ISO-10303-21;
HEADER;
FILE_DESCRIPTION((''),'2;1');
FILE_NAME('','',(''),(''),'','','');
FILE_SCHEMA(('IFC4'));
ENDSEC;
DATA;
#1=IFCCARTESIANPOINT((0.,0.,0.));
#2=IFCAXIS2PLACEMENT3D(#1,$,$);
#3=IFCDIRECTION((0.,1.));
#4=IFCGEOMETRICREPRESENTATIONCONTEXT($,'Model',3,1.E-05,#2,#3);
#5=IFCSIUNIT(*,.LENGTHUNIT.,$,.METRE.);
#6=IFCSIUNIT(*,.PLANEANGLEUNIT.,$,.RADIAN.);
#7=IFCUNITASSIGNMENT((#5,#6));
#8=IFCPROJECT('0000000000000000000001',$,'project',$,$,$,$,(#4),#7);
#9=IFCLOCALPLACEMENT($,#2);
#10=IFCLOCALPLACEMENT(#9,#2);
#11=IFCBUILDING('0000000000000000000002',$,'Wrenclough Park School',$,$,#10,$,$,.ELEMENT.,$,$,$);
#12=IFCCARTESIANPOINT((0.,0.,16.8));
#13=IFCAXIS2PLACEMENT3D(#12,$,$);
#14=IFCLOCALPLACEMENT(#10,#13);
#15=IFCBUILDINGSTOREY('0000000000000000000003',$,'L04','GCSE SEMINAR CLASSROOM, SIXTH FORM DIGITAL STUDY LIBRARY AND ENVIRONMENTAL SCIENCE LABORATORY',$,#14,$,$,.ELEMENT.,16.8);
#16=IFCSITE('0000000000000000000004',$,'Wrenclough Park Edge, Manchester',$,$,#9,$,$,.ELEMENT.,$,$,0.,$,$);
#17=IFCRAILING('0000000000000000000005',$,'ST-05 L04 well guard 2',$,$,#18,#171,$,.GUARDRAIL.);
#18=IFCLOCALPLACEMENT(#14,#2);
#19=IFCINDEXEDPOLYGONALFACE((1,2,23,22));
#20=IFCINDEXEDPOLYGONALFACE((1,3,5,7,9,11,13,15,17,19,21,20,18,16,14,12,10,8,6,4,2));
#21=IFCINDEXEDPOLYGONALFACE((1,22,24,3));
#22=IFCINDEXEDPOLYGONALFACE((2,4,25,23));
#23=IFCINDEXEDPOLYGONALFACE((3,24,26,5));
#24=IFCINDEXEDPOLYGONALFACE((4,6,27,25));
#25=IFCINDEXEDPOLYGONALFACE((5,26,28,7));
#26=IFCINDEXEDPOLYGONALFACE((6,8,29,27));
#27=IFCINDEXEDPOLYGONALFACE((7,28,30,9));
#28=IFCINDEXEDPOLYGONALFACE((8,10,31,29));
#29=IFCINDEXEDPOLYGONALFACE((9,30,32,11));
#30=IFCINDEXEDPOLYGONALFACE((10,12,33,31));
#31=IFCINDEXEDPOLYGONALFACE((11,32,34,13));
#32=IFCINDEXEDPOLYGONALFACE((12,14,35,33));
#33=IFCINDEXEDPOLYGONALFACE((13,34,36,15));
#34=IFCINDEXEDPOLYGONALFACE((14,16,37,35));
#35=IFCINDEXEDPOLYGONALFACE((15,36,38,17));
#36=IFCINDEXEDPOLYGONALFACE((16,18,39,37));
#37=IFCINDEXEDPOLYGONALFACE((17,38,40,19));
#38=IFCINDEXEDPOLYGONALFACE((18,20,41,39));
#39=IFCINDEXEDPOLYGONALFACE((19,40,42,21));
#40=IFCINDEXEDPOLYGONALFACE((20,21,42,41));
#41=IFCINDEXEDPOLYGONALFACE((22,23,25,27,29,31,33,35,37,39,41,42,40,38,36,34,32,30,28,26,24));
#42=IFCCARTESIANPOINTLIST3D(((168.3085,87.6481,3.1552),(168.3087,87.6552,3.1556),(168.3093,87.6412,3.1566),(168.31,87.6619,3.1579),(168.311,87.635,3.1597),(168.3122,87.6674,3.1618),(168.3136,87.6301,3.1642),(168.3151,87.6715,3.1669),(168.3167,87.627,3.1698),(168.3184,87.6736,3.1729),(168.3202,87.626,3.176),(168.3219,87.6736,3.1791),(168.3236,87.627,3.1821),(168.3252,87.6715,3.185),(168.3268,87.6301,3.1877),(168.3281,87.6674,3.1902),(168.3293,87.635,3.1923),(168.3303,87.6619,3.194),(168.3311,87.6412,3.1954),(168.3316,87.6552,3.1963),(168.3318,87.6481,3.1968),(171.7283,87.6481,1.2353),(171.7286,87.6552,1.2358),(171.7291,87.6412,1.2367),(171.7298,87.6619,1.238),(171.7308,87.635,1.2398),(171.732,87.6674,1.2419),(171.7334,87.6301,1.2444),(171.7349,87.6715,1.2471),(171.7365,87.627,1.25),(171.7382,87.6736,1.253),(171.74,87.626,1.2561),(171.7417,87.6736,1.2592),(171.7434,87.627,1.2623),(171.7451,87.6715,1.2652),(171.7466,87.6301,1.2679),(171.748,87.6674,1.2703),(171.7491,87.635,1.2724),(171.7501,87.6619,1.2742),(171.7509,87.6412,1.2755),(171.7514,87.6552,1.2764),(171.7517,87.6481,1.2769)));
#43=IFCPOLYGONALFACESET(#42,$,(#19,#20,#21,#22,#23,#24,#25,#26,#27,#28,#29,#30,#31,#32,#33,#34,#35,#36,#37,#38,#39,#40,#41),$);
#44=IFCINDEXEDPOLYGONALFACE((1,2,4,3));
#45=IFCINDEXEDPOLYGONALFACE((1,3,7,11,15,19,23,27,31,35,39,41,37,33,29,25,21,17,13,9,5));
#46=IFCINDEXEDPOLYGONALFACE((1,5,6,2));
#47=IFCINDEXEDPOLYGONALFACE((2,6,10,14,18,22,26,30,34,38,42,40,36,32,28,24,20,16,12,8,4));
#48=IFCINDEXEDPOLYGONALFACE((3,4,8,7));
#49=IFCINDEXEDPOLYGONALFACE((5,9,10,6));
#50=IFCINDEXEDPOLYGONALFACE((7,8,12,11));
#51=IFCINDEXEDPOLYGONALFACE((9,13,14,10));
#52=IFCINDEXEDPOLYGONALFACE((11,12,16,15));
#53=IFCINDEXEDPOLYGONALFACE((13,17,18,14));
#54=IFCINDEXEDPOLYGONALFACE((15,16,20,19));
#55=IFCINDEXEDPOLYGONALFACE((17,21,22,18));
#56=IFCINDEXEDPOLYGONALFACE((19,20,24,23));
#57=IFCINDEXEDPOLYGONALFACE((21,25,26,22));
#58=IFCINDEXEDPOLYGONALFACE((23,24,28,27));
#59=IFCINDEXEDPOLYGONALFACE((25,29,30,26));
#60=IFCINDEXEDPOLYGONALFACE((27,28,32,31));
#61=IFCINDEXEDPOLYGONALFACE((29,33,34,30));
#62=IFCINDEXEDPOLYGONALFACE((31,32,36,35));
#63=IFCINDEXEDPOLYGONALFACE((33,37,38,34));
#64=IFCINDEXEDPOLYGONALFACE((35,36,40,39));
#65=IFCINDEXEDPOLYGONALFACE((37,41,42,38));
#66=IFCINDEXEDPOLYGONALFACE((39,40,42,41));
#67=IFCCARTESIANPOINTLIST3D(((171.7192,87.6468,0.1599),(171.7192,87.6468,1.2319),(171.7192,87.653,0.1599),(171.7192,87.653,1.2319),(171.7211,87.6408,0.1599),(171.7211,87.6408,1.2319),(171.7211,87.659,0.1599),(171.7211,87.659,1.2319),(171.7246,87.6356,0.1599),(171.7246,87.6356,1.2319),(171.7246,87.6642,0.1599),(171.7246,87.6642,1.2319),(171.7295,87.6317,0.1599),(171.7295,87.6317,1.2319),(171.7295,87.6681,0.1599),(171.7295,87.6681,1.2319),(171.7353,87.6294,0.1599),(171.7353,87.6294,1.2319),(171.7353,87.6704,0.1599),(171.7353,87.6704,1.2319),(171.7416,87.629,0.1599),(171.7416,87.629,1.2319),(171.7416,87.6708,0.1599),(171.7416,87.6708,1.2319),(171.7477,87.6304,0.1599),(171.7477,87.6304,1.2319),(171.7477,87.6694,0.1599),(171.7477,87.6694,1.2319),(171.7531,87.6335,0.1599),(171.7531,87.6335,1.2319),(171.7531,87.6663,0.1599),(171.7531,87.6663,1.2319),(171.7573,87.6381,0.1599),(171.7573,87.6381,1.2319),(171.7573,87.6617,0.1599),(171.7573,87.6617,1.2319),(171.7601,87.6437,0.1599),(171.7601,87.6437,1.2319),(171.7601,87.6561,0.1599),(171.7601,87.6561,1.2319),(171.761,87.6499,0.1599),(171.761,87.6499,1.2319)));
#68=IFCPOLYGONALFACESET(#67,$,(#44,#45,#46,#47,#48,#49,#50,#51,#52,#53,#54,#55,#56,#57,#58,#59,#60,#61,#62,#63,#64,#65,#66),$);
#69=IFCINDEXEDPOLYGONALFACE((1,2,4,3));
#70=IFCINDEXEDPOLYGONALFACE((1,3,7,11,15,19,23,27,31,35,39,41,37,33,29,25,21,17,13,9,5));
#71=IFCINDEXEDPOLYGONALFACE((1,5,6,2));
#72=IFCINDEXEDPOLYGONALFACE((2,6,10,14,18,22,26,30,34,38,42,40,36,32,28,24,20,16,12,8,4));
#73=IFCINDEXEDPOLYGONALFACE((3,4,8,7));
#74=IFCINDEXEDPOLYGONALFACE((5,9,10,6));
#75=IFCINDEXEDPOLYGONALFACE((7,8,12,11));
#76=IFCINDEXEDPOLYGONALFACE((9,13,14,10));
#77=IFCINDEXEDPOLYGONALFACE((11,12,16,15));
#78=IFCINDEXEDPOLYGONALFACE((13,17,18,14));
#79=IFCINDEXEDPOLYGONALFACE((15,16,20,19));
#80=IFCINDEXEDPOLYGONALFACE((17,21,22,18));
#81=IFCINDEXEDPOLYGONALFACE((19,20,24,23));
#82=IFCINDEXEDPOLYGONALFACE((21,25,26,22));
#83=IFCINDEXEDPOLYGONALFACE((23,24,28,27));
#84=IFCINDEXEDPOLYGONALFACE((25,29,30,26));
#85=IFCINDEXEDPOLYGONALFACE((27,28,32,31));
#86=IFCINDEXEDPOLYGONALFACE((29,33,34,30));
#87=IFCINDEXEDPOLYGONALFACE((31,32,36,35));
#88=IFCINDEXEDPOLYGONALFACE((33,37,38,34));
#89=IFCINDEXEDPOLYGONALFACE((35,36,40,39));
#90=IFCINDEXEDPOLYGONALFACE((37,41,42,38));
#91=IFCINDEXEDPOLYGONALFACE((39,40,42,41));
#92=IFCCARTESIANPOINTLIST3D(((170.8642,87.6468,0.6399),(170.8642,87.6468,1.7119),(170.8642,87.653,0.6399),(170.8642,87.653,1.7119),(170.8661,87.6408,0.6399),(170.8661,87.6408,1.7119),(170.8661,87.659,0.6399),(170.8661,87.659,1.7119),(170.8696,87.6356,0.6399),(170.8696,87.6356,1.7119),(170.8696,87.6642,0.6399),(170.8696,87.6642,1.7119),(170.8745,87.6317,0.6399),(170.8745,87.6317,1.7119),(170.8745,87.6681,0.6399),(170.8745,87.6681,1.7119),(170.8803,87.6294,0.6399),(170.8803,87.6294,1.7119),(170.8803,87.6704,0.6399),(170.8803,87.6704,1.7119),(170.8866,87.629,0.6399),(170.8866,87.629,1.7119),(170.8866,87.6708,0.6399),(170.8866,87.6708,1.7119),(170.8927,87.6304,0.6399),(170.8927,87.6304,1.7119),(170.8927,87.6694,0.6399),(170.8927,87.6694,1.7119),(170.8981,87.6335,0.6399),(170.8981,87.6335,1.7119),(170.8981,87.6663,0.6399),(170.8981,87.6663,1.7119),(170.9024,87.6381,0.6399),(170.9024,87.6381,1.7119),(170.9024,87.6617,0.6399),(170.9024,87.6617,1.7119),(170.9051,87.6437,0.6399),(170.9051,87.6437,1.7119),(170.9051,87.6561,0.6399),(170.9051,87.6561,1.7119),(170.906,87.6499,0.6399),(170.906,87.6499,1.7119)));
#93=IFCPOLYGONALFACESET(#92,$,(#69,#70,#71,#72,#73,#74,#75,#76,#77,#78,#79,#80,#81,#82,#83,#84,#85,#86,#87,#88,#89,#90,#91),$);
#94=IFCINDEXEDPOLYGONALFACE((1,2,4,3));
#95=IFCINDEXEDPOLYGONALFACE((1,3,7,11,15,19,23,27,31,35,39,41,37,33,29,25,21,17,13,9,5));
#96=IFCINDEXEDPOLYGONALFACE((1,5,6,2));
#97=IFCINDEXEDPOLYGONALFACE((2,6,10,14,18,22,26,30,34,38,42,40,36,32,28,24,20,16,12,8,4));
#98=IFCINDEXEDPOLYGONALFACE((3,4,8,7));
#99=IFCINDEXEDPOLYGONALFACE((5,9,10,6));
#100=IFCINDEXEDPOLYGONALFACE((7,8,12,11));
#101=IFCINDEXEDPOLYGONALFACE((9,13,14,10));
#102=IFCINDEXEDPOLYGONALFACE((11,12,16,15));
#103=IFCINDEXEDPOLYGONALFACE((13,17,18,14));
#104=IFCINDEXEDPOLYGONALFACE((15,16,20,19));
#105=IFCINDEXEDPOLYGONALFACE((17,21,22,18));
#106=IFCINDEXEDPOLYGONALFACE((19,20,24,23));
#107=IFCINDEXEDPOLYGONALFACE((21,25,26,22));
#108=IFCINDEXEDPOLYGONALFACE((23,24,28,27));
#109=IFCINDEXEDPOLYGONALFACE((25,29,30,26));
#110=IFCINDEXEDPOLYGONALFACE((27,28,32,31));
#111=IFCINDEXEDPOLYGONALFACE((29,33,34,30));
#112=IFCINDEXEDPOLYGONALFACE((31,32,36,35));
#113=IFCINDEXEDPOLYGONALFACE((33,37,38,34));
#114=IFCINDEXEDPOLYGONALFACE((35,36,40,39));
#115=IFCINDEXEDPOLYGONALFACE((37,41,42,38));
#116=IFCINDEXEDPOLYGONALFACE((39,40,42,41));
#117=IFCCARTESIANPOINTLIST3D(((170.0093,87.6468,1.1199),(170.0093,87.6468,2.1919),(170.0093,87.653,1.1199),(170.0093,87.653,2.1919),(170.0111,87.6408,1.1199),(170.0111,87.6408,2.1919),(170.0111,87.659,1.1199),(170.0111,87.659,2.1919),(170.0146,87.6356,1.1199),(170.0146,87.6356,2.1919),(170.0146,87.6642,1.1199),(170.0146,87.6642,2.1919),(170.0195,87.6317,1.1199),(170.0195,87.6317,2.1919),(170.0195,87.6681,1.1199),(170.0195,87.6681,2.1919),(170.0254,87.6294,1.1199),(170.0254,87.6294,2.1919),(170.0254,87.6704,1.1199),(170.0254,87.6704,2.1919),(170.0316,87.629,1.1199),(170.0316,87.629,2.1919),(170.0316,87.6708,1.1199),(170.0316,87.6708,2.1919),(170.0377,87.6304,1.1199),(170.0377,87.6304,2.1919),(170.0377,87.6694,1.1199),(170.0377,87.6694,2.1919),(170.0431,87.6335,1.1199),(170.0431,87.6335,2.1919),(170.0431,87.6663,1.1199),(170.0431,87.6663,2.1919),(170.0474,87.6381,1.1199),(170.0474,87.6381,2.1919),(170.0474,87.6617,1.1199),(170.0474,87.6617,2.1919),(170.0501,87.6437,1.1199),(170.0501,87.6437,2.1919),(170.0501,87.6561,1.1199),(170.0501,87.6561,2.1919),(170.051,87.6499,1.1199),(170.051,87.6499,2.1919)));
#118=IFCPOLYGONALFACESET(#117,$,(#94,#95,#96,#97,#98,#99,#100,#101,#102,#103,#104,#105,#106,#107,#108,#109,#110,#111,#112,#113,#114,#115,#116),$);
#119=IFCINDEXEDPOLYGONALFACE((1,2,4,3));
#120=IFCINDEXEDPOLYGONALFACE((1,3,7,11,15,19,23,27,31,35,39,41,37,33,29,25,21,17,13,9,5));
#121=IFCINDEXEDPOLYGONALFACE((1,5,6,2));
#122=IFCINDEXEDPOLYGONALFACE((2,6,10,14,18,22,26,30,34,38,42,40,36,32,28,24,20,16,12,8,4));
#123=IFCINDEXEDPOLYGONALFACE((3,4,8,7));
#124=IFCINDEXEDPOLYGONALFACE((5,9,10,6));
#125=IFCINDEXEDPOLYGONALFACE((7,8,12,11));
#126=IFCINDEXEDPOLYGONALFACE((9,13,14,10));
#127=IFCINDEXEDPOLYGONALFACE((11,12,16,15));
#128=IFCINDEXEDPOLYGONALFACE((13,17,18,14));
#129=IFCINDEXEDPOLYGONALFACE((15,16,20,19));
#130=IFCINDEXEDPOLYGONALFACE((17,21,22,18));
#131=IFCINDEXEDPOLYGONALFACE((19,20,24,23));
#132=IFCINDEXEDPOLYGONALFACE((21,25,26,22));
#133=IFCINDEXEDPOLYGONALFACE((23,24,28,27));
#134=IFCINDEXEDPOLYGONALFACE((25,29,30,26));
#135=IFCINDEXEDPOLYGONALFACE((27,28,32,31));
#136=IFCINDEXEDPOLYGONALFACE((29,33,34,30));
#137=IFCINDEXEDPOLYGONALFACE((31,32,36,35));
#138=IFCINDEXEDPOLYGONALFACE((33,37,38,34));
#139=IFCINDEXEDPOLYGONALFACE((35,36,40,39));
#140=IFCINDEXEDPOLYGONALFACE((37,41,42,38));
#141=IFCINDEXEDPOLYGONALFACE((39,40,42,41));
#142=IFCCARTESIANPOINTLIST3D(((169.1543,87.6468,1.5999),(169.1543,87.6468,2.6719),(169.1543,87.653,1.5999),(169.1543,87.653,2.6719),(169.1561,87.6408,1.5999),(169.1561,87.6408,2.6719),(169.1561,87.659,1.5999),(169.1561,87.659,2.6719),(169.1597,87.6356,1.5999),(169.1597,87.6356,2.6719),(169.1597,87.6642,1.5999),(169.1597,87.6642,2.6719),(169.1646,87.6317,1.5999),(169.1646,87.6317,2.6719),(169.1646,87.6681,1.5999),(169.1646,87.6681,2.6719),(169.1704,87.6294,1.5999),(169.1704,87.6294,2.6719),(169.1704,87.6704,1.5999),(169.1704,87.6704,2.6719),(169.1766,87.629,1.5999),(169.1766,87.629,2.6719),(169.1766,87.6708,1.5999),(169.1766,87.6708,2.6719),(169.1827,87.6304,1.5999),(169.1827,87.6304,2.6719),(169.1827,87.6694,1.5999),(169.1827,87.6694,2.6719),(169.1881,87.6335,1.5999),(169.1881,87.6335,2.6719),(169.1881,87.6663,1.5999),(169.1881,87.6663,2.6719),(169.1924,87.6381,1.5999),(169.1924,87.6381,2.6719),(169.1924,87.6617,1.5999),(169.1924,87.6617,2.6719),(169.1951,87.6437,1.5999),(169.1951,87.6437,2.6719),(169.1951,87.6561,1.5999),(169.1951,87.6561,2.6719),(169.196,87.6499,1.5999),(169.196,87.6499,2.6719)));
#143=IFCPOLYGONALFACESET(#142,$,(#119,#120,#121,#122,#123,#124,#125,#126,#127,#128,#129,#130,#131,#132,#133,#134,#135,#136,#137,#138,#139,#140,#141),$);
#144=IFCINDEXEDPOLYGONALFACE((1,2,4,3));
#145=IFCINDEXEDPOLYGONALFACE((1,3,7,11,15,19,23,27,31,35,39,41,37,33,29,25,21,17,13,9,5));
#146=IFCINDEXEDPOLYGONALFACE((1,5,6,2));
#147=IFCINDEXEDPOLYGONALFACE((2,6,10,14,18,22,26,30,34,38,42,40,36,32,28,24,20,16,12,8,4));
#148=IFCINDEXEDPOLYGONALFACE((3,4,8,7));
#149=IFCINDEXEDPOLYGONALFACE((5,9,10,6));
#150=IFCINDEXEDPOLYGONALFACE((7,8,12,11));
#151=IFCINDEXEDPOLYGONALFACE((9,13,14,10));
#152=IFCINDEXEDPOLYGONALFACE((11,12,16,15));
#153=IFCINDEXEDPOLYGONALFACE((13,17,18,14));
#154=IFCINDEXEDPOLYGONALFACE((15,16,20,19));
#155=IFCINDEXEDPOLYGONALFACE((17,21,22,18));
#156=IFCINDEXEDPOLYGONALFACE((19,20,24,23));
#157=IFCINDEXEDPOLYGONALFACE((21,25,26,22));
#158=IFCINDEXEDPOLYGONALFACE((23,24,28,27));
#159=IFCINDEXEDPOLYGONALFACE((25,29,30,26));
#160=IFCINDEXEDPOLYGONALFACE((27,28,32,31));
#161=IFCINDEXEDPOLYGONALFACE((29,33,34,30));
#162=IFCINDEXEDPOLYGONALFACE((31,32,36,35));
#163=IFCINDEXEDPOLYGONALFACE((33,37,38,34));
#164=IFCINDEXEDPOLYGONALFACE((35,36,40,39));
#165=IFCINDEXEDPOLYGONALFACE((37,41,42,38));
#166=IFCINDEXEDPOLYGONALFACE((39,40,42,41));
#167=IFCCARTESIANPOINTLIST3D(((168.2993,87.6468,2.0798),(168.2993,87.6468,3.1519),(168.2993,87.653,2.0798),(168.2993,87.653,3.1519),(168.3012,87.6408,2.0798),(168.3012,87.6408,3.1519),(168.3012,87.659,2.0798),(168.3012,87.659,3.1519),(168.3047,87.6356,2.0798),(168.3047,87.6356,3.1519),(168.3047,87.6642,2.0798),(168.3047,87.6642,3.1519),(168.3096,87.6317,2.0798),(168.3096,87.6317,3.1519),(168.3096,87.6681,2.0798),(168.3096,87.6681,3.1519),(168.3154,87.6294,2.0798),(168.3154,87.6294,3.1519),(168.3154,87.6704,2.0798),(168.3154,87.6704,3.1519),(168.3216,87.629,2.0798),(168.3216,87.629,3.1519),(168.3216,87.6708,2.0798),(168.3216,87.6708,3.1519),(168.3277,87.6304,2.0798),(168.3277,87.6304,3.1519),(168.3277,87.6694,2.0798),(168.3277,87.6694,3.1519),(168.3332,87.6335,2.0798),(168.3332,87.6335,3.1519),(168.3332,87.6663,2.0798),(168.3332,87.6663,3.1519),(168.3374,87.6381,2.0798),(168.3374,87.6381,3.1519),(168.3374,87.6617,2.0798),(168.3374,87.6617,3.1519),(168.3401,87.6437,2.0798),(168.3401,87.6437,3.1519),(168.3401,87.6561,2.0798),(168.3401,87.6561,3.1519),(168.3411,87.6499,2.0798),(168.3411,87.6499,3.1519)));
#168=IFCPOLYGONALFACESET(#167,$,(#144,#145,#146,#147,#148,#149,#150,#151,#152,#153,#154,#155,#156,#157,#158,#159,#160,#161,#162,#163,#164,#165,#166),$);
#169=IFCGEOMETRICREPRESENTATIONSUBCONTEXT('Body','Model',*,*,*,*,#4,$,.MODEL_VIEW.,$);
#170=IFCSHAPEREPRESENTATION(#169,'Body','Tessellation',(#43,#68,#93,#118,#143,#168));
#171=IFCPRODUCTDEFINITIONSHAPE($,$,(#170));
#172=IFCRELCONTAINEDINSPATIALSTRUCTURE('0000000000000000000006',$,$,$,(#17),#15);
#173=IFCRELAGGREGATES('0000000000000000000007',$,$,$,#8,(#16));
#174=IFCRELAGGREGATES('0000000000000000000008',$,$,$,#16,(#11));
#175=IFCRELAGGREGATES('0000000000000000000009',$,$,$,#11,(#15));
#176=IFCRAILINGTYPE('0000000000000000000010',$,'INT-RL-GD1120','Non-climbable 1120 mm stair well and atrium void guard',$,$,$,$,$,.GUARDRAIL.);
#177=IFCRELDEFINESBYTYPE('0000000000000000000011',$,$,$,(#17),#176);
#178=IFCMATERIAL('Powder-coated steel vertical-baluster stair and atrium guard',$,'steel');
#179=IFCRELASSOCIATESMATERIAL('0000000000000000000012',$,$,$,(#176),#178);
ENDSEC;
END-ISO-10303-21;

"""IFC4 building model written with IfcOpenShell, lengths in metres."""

from ifc_helpers import new_model, si_unit, direction, frame, origin, origin_2d, place, context, subcontext, project, spatial, circle, extrude, material, type_object, element, save


model = new_model("IFC4")

# Units and contexts
model_context = context("Model", 3, precision=1e-05, world=origin(), true_north=direction((0.0, 1.0)))
body_context = subcontext(model_context, "Body", "Model", "MODEL_VIEW")
ifc_project = project(units=[si_unit("LENGTHUNIT", "METRE"), si_unit("PLANEANGLEUNIT", "RADIAN")], contexts=[model_context])

# Site, building, storey
site_placement = place(None, origin())
site = spatial("IfcSite", under=ifc_project, at=site_placement, Name="Wrenclough Park Edge, Manchester", CompositionType="ELEMENT", RefElevation=0.0)
building_placement = place(site_placement, origin())
building = spatial("IfcBuilding", under=site, at=building_placement, Name="Wrenclough Park School", CompositionType="ELEMENT")
storey_placement = place(building_placement, frame((0.0, 0.0, 16.8)))
storey = spatial("IfcBuildingStorey", under=building, at=storey_placement, Name="L04", Description="GCSE SEMINAR CLASSROOM, SIXTH FORM DIGITAL STUDY LIBRARY AND ENVIRONMENTAL SCIENCE LABORATORY", CompositionType="ELEMENT", Elevation=16.8)

# Railing
ifc_material_1 = material(Name="Powder-coated steel vertical-baluster stair and atrium guard", Category="steel")
railing_type_1 = type_object("IfcRailingType", Name="INT-RL-GD1120", Description="Non-climbable 1120 mm stair well and atrium void guard", PredefinedType="GUARDRAIL", material=ifc_material_1)
railing_1_placement = place(storey_placement, frame((171.74, 87.6499, 0.1599)))
element("IfcRailing", 1, at=railing_1_placement, inside=storey, type_object=railing_type_1, Name="ST-05 L04 well guard 2", PredefinedType="GUARDRAIL", context=body_context, shape_type="SweptSolid", body=[
    extrude(circle(Radius=0.0239, at=origin_2d()), frame((0.0, 0.0, 1.0962), z_axis=(-0.871988, 0.0, 0.489528), x_axis=(0.0, -1.0, 0.0)), (0.0, 0.0, 1.0), 3.9219),
    extrude(circle(Radius=0.021, at=origin_2d()), origin(), (0.0, 0.0, 1.0), 1.072),
    extrude(circle(Radius=0.021, at=origin_2d()), frame((-0.855, 0.0, 0.48)), (0.0, 0.0, 1.0), 1.072),
    extrude(circle(Radius=0.021, at=origin_2d()), frame((-1.71, 0.0, 0.96)), (0.0, 0.0, 1.0), 1.072),
    extrude(circle(Radius=0.021, at=origin_2d()), frame((-2.5649, 0.0, 1.4399)), (0.0, 0.0, 1.0), 1.072),
    extrude(circle(Radius=0.021, at=origin_2d()), frame((-3.4199, 0.0, 1.9199)), (0.0, 0.0, 1.0), 1.072),
])

save(model, "model.ifc")
